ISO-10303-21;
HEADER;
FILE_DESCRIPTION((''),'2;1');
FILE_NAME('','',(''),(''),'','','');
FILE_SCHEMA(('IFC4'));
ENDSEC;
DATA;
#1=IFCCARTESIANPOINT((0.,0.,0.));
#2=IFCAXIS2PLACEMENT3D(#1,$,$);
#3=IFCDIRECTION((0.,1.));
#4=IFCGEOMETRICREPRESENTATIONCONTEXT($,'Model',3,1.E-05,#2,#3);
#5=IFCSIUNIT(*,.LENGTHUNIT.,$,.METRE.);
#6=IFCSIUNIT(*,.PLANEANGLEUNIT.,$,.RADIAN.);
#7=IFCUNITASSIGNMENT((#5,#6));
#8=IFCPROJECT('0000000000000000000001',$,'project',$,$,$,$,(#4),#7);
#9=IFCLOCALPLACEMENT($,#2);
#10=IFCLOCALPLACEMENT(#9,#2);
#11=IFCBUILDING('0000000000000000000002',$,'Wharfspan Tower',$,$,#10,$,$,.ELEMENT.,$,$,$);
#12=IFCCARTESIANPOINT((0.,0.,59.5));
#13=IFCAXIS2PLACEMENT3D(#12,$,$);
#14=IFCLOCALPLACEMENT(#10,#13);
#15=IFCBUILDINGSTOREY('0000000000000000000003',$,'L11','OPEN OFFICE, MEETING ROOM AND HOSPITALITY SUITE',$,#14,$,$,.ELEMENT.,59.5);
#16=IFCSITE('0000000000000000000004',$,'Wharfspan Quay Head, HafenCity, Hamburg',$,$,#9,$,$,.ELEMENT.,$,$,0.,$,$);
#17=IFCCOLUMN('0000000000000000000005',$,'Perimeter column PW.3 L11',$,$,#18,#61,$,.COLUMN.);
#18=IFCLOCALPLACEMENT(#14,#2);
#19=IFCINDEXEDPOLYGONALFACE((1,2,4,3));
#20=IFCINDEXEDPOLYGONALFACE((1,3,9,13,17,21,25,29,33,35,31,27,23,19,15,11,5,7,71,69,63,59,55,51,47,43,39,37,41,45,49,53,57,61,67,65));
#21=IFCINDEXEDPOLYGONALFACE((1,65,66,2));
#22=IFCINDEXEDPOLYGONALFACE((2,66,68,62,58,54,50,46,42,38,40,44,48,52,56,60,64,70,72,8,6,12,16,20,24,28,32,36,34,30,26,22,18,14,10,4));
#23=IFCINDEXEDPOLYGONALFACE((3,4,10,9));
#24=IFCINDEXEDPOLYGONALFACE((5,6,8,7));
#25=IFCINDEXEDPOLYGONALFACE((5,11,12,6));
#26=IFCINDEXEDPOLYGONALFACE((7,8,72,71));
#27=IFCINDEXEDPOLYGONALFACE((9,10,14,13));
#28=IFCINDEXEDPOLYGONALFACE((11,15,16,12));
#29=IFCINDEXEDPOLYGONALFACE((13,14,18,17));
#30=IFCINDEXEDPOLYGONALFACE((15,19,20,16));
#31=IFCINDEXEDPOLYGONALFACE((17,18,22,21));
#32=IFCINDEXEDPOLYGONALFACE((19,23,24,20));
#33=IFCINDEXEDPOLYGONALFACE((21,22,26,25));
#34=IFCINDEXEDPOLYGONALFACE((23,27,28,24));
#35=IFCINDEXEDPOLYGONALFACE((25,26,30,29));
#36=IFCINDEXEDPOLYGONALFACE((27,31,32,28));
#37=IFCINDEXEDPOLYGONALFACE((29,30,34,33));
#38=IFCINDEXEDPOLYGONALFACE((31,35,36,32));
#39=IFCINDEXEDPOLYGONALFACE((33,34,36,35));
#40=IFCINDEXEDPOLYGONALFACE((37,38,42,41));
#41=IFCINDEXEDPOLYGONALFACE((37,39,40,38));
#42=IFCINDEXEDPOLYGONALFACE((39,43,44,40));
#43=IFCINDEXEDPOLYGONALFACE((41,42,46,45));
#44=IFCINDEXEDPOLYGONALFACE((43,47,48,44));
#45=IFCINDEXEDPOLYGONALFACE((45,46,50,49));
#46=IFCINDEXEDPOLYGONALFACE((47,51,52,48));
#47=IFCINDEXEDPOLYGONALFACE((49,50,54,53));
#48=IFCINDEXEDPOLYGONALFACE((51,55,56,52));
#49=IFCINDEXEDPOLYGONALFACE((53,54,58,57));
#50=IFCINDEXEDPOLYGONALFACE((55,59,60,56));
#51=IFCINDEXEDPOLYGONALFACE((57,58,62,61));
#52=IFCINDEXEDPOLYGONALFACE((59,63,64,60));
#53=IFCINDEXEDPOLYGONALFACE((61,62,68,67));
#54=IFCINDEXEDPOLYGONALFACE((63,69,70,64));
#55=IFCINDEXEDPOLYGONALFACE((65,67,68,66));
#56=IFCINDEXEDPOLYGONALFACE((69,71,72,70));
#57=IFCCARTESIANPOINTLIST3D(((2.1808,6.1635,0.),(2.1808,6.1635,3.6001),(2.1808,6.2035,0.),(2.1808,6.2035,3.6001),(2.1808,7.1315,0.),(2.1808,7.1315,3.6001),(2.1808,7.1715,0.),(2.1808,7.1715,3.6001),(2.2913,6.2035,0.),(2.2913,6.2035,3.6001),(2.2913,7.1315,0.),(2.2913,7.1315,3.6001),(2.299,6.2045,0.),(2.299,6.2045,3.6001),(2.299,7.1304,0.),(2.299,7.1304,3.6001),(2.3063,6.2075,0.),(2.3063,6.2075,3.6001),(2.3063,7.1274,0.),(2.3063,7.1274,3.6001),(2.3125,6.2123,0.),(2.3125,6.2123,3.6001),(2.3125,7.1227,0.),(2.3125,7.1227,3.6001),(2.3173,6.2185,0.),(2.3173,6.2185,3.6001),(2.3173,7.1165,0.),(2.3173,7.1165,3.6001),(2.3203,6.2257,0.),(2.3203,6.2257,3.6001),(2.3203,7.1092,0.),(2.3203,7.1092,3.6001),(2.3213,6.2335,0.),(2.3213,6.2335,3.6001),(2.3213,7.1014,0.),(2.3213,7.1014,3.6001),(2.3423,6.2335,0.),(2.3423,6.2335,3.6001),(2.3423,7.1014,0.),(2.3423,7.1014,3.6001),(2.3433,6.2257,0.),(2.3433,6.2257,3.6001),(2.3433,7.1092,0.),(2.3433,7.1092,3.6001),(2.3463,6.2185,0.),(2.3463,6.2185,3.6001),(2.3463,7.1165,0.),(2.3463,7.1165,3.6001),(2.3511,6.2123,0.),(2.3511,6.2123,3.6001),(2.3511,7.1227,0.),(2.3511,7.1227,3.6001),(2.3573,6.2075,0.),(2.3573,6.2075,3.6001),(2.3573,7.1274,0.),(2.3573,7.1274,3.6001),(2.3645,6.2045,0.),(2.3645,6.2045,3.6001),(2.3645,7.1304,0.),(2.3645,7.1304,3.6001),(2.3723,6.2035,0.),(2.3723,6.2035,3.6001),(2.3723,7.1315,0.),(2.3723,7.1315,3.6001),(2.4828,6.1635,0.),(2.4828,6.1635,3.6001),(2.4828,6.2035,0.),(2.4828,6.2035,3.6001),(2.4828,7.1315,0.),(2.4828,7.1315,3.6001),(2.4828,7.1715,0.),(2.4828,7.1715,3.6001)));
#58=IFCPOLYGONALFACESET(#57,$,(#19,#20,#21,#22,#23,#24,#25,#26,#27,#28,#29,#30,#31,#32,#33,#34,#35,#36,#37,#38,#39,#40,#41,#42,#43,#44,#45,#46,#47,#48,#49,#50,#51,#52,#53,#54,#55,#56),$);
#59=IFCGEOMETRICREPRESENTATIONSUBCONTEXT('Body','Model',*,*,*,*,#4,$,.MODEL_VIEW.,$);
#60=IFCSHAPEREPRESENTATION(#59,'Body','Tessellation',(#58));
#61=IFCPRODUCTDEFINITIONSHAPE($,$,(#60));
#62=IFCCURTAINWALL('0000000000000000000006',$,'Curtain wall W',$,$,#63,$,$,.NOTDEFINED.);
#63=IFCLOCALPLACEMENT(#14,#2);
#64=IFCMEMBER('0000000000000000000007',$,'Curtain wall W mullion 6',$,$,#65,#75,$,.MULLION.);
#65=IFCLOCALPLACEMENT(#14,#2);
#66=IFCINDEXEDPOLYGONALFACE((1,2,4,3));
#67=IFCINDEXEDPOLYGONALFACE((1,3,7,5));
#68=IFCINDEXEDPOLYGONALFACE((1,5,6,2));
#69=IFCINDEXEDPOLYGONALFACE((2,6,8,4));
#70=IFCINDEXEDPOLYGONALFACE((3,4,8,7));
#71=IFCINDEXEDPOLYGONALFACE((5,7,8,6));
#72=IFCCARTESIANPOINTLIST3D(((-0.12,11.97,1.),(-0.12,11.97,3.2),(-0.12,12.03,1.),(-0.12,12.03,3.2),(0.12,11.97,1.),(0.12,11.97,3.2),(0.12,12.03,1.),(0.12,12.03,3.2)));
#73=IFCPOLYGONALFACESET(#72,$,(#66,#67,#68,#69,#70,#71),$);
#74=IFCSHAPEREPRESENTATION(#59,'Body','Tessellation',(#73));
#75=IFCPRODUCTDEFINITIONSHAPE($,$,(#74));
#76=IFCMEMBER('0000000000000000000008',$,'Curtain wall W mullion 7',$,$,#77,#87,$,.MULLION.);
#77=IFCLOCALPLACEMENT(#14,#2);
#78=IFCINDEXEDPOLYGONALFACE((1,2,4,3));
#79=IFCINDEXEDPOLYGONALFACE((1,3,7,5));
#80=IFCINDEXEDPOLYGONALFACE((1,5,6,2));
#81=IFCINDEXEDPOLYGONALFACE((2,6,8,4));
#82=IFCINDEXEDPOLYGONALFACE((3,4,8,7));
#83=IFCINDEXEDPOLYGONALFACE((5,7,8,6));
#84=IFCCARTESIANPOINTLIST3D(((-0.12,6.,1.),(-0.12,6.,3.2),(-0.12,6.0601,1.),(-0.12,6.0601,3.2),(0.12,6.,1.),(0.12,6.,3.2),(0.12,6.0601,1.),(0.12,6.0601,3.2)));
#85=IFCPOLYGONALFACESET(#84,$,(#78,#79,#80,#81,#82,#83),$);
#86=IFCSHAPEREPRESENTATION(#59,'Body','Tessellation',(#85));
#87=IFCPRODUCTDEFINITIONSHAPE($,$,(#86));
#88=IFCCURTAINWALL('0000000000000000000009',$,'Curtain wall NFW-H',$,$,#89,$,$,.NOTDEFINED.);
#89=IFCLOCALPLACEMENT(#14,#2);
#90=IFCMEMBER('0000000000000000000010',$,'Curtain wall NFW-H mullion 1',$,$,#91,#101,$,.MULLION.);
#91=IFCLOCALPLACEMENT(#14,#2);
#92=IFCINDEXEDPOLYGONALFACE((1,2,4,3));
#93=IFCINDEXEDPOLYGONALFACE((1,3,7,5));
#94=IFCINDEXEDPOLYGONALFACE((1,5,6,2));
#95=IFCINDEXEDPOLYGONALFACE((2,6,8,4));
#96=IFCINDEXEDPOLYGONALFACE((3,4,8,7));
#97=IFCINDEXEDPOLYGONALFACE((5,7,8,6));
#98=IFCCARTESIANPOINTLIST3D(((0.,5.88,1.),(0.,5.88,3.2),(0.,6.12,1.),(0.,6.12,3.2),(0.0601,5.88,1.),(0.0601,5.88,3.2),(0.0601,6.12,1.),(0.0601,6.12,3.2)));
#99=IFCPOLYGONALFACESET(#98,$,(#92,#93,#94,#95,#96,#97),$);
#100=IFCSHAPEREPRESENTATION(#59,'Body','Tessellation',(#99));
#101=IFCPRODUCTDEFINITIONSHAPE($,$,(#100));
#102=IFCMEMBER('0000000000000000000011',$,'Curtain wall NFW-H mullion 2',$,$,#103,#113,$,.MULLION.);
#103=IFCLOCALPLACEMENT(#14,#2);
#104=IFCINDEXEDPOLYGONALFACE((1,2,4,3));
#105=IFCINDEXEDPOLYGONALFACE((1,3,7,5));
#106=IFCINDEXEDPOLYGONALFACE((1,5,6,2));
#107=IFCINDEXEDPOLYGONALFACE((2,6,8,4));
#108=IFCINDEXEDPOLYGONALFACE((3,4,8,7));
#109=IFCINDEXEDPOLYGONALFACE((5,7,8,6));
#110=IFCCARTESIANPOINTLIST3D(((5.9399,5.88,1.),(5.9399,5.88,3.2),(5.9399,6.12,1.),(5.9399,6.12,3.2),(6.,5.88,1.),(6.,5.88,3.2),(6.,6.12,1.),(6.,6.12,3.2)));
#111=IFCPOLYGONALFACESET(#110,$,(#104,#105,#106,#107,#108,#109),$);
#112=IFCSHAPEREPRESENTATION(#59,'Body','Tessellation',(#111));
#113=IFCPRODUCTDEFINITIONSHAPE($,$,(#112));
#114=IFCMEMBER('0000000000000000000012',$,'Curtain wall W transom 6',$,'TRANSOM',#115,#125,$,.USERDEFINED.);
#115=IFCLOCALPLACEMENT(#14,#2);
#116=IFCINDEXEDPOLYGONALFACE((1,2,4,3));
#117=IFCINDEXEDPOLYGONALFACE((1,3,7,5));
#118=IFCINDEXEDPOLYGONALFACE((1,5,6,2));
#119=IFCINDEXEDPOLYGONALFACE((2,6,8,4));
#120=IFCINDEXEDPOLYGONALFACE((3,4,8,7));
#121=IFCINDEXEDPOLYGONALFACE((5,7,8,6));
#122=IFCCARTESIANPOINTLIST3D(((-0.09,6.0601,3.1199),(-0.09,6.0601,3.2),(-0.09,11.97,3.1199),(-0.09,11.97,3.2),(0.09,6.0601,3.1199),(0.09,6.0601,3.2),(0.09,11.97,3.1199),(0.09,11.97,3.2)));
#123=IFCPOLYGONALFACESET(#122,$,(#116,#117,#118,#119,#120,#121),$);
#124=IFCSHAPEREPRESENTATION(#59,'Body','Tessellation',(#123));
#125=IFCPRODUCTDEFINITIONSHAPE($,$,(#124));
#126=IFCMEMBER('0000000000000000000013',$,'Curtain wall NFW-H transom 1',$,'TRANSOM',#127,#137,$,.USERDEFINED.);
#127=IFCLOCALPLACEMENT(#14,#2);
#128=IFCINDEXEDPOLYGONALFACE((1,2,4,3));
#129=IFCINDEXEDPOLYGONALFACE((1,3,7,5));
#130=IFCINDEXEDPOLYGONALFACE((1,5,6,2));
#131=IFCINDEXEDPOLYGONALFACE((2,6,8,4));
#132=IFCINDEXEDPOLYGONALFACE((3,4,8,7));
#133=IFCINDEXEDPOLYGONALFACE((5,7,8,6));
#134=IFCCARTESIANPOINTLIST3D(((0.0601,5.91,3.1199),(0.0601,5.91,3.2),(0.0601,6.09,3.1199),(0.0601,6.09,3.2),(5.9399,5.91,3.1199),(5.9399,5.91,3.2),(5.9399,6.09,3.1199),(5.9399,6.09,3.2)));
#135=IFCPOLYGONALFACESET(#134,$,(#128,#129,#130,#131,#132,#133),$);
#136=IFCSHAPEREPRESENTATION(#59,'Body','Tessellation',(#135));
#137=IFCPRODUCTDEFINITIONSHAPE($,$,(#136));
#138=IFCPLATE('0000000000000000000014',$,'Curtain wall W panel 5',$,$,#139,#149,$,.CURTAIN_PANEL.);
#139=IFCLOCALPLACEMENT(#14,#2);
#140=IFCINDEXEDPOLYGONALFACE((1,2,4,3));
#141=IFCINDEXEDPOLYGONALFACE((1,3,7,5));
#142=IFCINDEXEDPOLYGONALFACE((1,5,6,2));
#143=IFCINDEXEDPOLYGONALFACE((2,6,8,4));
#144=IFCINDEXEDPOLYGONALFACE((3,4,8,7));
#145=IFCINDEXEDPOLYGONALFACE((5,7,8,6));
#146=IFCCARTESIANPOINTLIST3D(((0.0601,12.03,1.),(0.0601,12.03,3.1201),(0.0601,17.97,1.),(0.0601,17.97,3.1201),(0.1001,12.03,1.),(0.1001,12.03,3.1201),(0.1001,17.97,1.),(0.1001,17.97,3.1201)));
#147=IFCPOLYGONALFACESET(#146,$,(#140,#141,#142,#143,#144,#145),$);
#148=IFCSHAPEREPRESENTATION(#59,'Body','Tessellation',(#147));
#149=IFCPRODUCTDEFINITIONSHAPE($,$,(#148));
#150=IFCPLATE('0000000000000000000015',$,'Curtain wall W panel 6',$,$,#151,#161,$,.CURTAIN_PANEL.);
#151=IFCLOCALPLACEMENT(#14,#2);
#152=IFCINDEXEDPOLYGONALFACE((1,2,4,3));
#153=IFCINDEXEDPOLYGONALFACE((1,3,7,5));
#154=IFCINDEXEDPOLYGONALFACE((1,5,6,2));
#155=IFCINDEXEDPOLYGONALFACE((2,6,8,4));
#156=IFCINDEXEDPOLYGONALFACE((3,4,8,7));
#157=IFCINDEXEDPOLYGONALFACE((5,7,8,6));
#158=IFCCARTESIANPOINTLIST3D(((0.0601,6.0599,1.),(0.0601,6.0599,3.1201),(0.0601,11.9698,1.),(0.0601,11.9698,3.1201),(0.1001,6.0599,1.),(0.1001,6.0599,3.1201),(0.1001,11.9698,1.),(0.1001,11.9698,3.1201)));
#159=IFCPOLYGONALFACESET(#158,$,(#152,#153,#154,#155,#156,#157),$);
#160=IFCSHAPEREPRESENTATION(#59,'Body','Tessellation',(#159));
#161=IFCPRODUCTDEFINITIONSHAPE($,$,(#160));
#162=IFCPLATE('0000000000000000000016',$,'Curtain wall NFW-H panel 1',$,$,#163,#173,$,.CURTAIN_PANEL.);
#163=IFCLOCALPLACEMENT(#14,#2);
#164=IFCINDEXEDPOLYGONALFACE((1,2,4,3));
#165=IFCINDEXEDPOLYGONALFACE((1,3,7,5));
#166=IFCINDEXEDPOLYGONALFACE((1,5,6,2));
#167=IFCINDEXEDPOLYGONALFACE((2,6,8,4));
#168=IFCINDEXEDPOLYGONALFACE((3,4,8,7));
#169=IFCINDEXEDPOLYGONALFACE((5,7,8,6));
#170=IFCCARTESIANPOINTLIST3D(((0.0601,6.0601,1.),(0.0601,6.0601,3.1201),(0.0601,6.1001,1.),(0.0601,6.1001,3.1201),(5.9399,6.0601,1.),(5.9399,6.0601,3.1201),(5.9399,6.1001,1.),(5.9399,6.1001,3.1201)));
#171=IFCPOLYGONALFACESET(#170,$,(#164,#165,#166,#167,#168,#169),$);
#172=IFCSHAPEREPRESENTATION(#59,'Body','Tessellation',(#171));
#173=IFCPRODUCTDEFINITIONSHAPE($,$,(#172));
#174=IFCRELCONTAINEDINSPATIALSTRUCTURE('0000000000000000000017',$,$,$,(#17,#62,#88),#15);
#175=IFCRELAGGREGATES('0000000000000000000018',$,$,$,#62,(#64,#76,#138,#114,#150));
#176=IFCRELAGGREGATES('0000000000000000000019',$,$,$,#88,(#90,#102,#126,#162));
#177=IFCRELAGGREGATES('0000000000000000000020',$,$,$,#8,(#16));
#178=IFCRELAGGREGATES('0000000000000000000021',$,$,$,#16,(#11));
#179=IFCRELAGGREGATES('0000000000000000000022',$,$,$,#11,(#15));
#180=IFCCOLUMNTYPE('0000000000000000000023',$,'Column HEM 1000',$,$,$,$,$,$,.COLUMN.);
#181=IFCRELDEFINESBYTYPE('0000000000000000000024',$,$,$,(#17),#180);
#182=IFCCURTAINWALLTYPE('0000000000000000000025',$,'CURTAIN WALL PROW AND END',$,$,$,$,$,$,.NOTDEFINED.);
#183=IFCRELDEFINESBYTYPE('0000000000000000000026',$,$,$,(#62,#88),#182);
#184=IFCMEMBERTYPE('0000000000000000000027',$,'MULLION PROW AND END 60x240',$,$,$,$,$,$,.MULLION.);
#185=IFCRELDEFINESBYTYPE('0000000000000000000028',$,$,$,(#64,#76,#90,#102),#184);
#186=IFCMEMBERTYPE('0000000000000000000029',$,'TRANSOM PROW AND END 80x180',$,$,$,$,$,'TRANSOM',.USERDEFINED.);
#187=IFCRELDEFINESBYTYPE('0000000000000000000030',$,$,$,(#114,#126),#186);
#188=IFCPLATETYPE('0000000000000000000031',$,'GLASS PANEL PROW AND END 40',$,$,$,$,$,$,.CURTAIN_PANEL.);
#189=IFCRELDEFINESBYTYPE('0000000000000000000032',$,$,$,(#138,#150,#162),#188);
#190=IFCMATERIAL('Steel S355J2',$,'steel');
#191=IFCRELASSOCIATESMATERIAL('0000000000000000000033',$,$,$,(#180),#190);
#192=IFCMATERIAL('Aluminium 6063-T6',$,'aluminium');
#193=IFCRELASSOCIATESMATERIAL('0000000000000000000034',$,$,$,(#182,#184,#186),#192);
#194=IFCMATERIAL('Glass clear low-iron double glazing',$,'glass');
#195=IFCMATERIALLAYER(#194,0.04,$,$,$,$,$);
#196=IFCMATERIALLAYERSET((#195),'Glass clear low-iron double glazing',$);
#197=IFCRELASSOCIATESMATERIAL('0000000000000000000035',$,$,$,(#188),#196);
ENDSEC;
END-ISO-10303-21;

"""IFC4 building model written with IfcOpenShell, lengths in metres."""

from ifc_helpers import new_model, si_unit, direction, frame, origin, origin_2d, place, context, subcontext, project, spatial, rectangle, i_section, extrude, material, layer, layer_set, material_profile, profile_set, type_object, element, aggregate, save


model = new_model("IFC4")

# Units and contexts
model_context = context("Model", 3, precision=1e-05, world=origin(), true_north=direction((0.0, 1.0)))
body_context = subcontext(model_context, "Body", "Model", "MODEL_VIEW")
ifc_project = project(units=[si_unit("LENGTHUNIT", "METRE"), si_unit("PLANEANGLEUNIT", "RADIAN")], contexts=[model_context])

# Site, building, storey
site_placement = place(None, origin())
site = spatial("IfcSite", under=ifc_project, at=site_placement, Name="Wharfspan Quay Head, HafenCity, Hamburg", CompositionType="ELEMENT", RefElevation=0.0)
building_placement = place(site_placement, origin())
building = spatial("IfcBuilding", under=site, at=building_placement, Name="Wharfspan Tower", CompositionType="ELEMENT")
storey_placement = place(building_placement, frame((0.0, 0.0, 59.5)))
storey = spatial("IfcBuildingStorey", under=building, at=storey_placement, Name="L11", Description="OPEN OFFICE, MEETING ROOM AND HOSPITALITY SUITE", CompositionType="ELEMENT", Elevation=59.5)

# Column
ifc_material_1 = material(Name="Steel S355J2", Category="steel")
ifc_material_profile_1 = material_profile(ifc_material_1, i_section(OverallWidth=0.302, OverallDepth=1.0081, WebThickness=0.021, FlangeThickness=0.04, FilletRadius=0.03, at=origin_2d()))
ifc_profile_set_1 = profile_set([ifc_material_profile_1], Name="Steel S355J2")
column_type = type_object("IfcColumnType", Name="Column HEM 1000", PredefinedType="COLUMN", material=ifc_profile_set_1)
column_placement = place(storey_placement, frame((2.3318, 6.6675, 0.0), z_axis=(0.0, 0.0, 1.0), x_axis=(-1.0, 0.0, 0.0)))
element("IfcColumn", 1, at=column_placement, inside=storey, type_object=column_type, Name="Perimeter column PW.3 L11", PredefinedType="COLUMN", context=body_context, shape_type="SweptSolid", body=[
    extrude(i_section(OverallWidth=0.302, OverallDepth=1.0081, WebThickness=0.021, FlangeThickness=0.04, FilletRadius=0.03, at=origin_2d()), origin(), (0.0, 0.0, 1.0), 3.6001),
])

# Curtain walls, members
ifc_material_2 = material(Name="Aluminium 6063-T6", Category="aluminium")
curtain_wall_type = type_object("IfcCurtainWallType", Name="CURTAIN WALL PROW AND END", PredefinedType="NOTDEFINED", material=ifc_material_2)
curtain_wall_1_placement = place(storey_placement, origin())
curtain_wall_1 = element("IfcCurtainWall", 2, at=curtain_wall_1_placement, inside=storey, type_object=curtain_wall_type, Name="Curtain wall W", PredefinedType="NOTDEFINED")
ifc_material_profile_2 = material_profile(ifc_material_2, rectangle(XDim=0.24, YDim=0.0601, at=origin_2d()))
ifc_profile_set_2 = profile_set([ifc_material_profile_2], Name="Aluminium 6063-T6")
member_type_1 = type_object("IfcMemberType", Name="MULLION PROW AND END 60x240", PredefinedType="MULLION", material=ifc_profile_set_2)
member_1_placement = place(storey_placement, frame((0.0, 12.0, 1.0), z_axis=(0.0, 0.0, 1.0), x_axis=(1.0, 0.0, 0.0)))
member_1 = element("IfcMember", 3, at=member_1_placement, type_object=member_type_1, Name="Curtain wall W mullion 6", PredefinedType="MULLION", context=body_context, shape_type="SweptSolid", body=[
    extrude(rectangle(XDim=0.24, YDim=0.0601, at=origin_2d()), origin(), (0.0, 0.0, 1.0), 2.2),
])
member_2_placement = place(storey_placement, frame((0.0, 6.03, 1.0), z_axis=(0.0, 0.0, 1.0), x_axis=(1.0, 0.0, 0.0)))
member_2 = element("IfcMember", 4, at=member_2_placement, type_object=member_type_1, Name="Curtain wall W mullion 7", PredefinedType="MULLION", context=body_context, shape_type="SweptSolid", body=[
    extrude(rectangle(XDim=0.24, YDim=0.0601, at=origin_2d()), origin(), (0.0, 0.0, 1.0), 2.2),
])
curtain_wall_2_placement = place(storey_placement, origin())
curtain_wall_2 = element("IfcCurtainWall", 5, at=curtain_wall_2_placement, inside=storey, type_object=curtain_wall_type, Name="Curtain wall NFW-H", PredefinedType="NOTDEFINED")
member_3_placement = place(storey_placement, frame((0.03, 6.0, 1.0), z_axis=(0.0, 0.0, 1.0), x_axis=(0.0, 1.0, 0.0)))
member_3 = element("IfcMember", 6, at=member_3_placement, type_object=member_type_1, Name="Curtain wall NFW-H mullion 1", PredefinedType="MULLION", context=body_context, shape_type="SweptSolid", body=[
    extrude(rectangle(XDim=0.24, YDim=0.0601, at=origin_2d()), origin(), (0.0, 0.0, 1.0), 2.2),
])
member_4_placement = place(storey_placement, frame((5.97, 6.0, 1.0), z_axis=(0.0, 0.0, 1.0), x_axis=(0.0, 1.0, 0.0)))
member_4 = element("IfcMember", 7, at=member_4_placement, type_object=member_type_1, Name="Curtain wall NFW-H mullion 2", PredefinedType="MULLION", context=body_context, shape_type="SweptSolid", body=[
    extrude(rectangle(XDim=0.24, YDim=0.0601, at=origin_2d()), origin(), (0.0, 0.0, 1.0), 2.2),
])

# Members
ifc_material_profile_3 = material_profile(ifc_material_2, rectangle(XDim=0.1799, YDim=0.0801, at=origin_2d()))
ifc_profile_set_3 = profile_set([ifc_material_profile_3], Name="Aluminium 6063-T6")
member_type_2 = type_object("IfcMemberType", Name="TRANSOM PROW AND END 80x180", ElementType="TRANSOM", PredefinedType="USERDEFINED", material=ifc_profile_set_3)
member_5_placement = place(storey_placement, frame((0.0, 11.97, 3.1599), z_axis=(0.0, -1.0, 0.0), x_axis=(1.0, 0.0, 0.0)))
member_5 = element("IfcMember", 8, at=member_5_placement, type_object=member_type_2, Name="Curtain wall W transom 6", ObjectType="TRANSOM", PredefinedType="USERDEFINED", context=body_context, shape_type="SweptSolid", body=[
    extrude(rectangle(XDim=0.1799, YDim=0.0801, at=origin_2d()), origin(), (0.0, 0.0, 1.0), 5.9099),
])
member_6_placement = place(storey_placement, frame((0.0601, 6.0, 3.1599), z_axis=(1.0, 0.0, 0.0), x_axis=(0.0, 1.0, 0.0)))
member_6 = element("IfcMember", 9, at=member_6_placement, type_object=member_type_2, Name="Curtain wall NFW-H transom 1", ObjectType="TRANSOM", PredefinedType="USERDEFINED", context=body_context, shape_type="SweptSolid", body=[
    extrude(rectangle(XDim=0.1799, YDim=0.0801, at=origin_2d()), origin(), (0.0, 0.0, 1.0), 5.8799),
])

# Plates
ifc_material_3 = material(Name="Glass clear low-iron double glazing", Category="glass")
ifc_layer_1 = layer(ifc_material_3, 0.04)
ifc_layer_set_1 = layer_set([ifc_layer_1], Name="Glass clear low-iron double glazing")
plate_type = type_object("IfcPlateType", Name="GLASS PANEL PROW AND END 40", PredefinedType="CURTAIN_PANEL", material=ifc_layer_set_1)
plate_1_placement = place(storey_placement, frame((0.0801, 15.0, 1.0), z_axis=(0.0, 0.0, 1.0), x_axis=(0.0, -1.0, 0.0)))
plate_1 = element("IfcPlate", 10, at=plate_1_placement, type_object=plate_type, Name="Curtain wall W panel 5", PredefinedType="CURTAIN_PANEL", context=body_context, shape_type="SweptSolid", body=[
    extrude(rectangle(XDim=5.9399, YDim=0.04, at=origin_2d()), origin(), (0.0, 0.0, 1.0), 2.1201),
])
plate_2_placement = place(storey_placement, frame((0.0801, 9.0149, 1.0), z_axis=(0.0, 0.0, 1.0), x_axis=(0.0, -1.0, 0.0)))
plate_2 = element("IfcPlate", 11, at=plate_2_placement, type_object=plate_type, Name="Curtain wall W panel 6", PredefinedType="CURTAIN_PANEL", context=body_context, shape_type="SweptSolid", body=[
    extrude(rectangle(XDim=5.9099, YDim=0.04, at=origin_2d()), origin(), (0.0, 0.0, 1.0), 2.1201),
])
aggregate(curtain_wall_1, [member_1, member_2, plate_1, member_5, plate_2])
plate_3_placement = place(storey_placement, frame((3.0, 6.0801, 1.0), z_axis=(0.0, 0.0, 1.0), x_axis=(1.0, 0.0, 0.0)))
plate_3 = element("IfcPlate", 12, at=plate_3_placement, type_object=plate_type, Name="Curtain wall NFW-H panel 1", PredefinedType="CURTAIN_PANEL", context=body_context, shape_type="SweptSolid", body=[
    extrude(rectangle(XDim=5.8799, YDim=0.04, at=origin_2d()), origin(), (0.0, 0.0, 1.0), 2.1201),
])
aggregate(curtain_wall_2, [member_3, member_4, member_6, plate_3])

save(model, "model.ifc")
